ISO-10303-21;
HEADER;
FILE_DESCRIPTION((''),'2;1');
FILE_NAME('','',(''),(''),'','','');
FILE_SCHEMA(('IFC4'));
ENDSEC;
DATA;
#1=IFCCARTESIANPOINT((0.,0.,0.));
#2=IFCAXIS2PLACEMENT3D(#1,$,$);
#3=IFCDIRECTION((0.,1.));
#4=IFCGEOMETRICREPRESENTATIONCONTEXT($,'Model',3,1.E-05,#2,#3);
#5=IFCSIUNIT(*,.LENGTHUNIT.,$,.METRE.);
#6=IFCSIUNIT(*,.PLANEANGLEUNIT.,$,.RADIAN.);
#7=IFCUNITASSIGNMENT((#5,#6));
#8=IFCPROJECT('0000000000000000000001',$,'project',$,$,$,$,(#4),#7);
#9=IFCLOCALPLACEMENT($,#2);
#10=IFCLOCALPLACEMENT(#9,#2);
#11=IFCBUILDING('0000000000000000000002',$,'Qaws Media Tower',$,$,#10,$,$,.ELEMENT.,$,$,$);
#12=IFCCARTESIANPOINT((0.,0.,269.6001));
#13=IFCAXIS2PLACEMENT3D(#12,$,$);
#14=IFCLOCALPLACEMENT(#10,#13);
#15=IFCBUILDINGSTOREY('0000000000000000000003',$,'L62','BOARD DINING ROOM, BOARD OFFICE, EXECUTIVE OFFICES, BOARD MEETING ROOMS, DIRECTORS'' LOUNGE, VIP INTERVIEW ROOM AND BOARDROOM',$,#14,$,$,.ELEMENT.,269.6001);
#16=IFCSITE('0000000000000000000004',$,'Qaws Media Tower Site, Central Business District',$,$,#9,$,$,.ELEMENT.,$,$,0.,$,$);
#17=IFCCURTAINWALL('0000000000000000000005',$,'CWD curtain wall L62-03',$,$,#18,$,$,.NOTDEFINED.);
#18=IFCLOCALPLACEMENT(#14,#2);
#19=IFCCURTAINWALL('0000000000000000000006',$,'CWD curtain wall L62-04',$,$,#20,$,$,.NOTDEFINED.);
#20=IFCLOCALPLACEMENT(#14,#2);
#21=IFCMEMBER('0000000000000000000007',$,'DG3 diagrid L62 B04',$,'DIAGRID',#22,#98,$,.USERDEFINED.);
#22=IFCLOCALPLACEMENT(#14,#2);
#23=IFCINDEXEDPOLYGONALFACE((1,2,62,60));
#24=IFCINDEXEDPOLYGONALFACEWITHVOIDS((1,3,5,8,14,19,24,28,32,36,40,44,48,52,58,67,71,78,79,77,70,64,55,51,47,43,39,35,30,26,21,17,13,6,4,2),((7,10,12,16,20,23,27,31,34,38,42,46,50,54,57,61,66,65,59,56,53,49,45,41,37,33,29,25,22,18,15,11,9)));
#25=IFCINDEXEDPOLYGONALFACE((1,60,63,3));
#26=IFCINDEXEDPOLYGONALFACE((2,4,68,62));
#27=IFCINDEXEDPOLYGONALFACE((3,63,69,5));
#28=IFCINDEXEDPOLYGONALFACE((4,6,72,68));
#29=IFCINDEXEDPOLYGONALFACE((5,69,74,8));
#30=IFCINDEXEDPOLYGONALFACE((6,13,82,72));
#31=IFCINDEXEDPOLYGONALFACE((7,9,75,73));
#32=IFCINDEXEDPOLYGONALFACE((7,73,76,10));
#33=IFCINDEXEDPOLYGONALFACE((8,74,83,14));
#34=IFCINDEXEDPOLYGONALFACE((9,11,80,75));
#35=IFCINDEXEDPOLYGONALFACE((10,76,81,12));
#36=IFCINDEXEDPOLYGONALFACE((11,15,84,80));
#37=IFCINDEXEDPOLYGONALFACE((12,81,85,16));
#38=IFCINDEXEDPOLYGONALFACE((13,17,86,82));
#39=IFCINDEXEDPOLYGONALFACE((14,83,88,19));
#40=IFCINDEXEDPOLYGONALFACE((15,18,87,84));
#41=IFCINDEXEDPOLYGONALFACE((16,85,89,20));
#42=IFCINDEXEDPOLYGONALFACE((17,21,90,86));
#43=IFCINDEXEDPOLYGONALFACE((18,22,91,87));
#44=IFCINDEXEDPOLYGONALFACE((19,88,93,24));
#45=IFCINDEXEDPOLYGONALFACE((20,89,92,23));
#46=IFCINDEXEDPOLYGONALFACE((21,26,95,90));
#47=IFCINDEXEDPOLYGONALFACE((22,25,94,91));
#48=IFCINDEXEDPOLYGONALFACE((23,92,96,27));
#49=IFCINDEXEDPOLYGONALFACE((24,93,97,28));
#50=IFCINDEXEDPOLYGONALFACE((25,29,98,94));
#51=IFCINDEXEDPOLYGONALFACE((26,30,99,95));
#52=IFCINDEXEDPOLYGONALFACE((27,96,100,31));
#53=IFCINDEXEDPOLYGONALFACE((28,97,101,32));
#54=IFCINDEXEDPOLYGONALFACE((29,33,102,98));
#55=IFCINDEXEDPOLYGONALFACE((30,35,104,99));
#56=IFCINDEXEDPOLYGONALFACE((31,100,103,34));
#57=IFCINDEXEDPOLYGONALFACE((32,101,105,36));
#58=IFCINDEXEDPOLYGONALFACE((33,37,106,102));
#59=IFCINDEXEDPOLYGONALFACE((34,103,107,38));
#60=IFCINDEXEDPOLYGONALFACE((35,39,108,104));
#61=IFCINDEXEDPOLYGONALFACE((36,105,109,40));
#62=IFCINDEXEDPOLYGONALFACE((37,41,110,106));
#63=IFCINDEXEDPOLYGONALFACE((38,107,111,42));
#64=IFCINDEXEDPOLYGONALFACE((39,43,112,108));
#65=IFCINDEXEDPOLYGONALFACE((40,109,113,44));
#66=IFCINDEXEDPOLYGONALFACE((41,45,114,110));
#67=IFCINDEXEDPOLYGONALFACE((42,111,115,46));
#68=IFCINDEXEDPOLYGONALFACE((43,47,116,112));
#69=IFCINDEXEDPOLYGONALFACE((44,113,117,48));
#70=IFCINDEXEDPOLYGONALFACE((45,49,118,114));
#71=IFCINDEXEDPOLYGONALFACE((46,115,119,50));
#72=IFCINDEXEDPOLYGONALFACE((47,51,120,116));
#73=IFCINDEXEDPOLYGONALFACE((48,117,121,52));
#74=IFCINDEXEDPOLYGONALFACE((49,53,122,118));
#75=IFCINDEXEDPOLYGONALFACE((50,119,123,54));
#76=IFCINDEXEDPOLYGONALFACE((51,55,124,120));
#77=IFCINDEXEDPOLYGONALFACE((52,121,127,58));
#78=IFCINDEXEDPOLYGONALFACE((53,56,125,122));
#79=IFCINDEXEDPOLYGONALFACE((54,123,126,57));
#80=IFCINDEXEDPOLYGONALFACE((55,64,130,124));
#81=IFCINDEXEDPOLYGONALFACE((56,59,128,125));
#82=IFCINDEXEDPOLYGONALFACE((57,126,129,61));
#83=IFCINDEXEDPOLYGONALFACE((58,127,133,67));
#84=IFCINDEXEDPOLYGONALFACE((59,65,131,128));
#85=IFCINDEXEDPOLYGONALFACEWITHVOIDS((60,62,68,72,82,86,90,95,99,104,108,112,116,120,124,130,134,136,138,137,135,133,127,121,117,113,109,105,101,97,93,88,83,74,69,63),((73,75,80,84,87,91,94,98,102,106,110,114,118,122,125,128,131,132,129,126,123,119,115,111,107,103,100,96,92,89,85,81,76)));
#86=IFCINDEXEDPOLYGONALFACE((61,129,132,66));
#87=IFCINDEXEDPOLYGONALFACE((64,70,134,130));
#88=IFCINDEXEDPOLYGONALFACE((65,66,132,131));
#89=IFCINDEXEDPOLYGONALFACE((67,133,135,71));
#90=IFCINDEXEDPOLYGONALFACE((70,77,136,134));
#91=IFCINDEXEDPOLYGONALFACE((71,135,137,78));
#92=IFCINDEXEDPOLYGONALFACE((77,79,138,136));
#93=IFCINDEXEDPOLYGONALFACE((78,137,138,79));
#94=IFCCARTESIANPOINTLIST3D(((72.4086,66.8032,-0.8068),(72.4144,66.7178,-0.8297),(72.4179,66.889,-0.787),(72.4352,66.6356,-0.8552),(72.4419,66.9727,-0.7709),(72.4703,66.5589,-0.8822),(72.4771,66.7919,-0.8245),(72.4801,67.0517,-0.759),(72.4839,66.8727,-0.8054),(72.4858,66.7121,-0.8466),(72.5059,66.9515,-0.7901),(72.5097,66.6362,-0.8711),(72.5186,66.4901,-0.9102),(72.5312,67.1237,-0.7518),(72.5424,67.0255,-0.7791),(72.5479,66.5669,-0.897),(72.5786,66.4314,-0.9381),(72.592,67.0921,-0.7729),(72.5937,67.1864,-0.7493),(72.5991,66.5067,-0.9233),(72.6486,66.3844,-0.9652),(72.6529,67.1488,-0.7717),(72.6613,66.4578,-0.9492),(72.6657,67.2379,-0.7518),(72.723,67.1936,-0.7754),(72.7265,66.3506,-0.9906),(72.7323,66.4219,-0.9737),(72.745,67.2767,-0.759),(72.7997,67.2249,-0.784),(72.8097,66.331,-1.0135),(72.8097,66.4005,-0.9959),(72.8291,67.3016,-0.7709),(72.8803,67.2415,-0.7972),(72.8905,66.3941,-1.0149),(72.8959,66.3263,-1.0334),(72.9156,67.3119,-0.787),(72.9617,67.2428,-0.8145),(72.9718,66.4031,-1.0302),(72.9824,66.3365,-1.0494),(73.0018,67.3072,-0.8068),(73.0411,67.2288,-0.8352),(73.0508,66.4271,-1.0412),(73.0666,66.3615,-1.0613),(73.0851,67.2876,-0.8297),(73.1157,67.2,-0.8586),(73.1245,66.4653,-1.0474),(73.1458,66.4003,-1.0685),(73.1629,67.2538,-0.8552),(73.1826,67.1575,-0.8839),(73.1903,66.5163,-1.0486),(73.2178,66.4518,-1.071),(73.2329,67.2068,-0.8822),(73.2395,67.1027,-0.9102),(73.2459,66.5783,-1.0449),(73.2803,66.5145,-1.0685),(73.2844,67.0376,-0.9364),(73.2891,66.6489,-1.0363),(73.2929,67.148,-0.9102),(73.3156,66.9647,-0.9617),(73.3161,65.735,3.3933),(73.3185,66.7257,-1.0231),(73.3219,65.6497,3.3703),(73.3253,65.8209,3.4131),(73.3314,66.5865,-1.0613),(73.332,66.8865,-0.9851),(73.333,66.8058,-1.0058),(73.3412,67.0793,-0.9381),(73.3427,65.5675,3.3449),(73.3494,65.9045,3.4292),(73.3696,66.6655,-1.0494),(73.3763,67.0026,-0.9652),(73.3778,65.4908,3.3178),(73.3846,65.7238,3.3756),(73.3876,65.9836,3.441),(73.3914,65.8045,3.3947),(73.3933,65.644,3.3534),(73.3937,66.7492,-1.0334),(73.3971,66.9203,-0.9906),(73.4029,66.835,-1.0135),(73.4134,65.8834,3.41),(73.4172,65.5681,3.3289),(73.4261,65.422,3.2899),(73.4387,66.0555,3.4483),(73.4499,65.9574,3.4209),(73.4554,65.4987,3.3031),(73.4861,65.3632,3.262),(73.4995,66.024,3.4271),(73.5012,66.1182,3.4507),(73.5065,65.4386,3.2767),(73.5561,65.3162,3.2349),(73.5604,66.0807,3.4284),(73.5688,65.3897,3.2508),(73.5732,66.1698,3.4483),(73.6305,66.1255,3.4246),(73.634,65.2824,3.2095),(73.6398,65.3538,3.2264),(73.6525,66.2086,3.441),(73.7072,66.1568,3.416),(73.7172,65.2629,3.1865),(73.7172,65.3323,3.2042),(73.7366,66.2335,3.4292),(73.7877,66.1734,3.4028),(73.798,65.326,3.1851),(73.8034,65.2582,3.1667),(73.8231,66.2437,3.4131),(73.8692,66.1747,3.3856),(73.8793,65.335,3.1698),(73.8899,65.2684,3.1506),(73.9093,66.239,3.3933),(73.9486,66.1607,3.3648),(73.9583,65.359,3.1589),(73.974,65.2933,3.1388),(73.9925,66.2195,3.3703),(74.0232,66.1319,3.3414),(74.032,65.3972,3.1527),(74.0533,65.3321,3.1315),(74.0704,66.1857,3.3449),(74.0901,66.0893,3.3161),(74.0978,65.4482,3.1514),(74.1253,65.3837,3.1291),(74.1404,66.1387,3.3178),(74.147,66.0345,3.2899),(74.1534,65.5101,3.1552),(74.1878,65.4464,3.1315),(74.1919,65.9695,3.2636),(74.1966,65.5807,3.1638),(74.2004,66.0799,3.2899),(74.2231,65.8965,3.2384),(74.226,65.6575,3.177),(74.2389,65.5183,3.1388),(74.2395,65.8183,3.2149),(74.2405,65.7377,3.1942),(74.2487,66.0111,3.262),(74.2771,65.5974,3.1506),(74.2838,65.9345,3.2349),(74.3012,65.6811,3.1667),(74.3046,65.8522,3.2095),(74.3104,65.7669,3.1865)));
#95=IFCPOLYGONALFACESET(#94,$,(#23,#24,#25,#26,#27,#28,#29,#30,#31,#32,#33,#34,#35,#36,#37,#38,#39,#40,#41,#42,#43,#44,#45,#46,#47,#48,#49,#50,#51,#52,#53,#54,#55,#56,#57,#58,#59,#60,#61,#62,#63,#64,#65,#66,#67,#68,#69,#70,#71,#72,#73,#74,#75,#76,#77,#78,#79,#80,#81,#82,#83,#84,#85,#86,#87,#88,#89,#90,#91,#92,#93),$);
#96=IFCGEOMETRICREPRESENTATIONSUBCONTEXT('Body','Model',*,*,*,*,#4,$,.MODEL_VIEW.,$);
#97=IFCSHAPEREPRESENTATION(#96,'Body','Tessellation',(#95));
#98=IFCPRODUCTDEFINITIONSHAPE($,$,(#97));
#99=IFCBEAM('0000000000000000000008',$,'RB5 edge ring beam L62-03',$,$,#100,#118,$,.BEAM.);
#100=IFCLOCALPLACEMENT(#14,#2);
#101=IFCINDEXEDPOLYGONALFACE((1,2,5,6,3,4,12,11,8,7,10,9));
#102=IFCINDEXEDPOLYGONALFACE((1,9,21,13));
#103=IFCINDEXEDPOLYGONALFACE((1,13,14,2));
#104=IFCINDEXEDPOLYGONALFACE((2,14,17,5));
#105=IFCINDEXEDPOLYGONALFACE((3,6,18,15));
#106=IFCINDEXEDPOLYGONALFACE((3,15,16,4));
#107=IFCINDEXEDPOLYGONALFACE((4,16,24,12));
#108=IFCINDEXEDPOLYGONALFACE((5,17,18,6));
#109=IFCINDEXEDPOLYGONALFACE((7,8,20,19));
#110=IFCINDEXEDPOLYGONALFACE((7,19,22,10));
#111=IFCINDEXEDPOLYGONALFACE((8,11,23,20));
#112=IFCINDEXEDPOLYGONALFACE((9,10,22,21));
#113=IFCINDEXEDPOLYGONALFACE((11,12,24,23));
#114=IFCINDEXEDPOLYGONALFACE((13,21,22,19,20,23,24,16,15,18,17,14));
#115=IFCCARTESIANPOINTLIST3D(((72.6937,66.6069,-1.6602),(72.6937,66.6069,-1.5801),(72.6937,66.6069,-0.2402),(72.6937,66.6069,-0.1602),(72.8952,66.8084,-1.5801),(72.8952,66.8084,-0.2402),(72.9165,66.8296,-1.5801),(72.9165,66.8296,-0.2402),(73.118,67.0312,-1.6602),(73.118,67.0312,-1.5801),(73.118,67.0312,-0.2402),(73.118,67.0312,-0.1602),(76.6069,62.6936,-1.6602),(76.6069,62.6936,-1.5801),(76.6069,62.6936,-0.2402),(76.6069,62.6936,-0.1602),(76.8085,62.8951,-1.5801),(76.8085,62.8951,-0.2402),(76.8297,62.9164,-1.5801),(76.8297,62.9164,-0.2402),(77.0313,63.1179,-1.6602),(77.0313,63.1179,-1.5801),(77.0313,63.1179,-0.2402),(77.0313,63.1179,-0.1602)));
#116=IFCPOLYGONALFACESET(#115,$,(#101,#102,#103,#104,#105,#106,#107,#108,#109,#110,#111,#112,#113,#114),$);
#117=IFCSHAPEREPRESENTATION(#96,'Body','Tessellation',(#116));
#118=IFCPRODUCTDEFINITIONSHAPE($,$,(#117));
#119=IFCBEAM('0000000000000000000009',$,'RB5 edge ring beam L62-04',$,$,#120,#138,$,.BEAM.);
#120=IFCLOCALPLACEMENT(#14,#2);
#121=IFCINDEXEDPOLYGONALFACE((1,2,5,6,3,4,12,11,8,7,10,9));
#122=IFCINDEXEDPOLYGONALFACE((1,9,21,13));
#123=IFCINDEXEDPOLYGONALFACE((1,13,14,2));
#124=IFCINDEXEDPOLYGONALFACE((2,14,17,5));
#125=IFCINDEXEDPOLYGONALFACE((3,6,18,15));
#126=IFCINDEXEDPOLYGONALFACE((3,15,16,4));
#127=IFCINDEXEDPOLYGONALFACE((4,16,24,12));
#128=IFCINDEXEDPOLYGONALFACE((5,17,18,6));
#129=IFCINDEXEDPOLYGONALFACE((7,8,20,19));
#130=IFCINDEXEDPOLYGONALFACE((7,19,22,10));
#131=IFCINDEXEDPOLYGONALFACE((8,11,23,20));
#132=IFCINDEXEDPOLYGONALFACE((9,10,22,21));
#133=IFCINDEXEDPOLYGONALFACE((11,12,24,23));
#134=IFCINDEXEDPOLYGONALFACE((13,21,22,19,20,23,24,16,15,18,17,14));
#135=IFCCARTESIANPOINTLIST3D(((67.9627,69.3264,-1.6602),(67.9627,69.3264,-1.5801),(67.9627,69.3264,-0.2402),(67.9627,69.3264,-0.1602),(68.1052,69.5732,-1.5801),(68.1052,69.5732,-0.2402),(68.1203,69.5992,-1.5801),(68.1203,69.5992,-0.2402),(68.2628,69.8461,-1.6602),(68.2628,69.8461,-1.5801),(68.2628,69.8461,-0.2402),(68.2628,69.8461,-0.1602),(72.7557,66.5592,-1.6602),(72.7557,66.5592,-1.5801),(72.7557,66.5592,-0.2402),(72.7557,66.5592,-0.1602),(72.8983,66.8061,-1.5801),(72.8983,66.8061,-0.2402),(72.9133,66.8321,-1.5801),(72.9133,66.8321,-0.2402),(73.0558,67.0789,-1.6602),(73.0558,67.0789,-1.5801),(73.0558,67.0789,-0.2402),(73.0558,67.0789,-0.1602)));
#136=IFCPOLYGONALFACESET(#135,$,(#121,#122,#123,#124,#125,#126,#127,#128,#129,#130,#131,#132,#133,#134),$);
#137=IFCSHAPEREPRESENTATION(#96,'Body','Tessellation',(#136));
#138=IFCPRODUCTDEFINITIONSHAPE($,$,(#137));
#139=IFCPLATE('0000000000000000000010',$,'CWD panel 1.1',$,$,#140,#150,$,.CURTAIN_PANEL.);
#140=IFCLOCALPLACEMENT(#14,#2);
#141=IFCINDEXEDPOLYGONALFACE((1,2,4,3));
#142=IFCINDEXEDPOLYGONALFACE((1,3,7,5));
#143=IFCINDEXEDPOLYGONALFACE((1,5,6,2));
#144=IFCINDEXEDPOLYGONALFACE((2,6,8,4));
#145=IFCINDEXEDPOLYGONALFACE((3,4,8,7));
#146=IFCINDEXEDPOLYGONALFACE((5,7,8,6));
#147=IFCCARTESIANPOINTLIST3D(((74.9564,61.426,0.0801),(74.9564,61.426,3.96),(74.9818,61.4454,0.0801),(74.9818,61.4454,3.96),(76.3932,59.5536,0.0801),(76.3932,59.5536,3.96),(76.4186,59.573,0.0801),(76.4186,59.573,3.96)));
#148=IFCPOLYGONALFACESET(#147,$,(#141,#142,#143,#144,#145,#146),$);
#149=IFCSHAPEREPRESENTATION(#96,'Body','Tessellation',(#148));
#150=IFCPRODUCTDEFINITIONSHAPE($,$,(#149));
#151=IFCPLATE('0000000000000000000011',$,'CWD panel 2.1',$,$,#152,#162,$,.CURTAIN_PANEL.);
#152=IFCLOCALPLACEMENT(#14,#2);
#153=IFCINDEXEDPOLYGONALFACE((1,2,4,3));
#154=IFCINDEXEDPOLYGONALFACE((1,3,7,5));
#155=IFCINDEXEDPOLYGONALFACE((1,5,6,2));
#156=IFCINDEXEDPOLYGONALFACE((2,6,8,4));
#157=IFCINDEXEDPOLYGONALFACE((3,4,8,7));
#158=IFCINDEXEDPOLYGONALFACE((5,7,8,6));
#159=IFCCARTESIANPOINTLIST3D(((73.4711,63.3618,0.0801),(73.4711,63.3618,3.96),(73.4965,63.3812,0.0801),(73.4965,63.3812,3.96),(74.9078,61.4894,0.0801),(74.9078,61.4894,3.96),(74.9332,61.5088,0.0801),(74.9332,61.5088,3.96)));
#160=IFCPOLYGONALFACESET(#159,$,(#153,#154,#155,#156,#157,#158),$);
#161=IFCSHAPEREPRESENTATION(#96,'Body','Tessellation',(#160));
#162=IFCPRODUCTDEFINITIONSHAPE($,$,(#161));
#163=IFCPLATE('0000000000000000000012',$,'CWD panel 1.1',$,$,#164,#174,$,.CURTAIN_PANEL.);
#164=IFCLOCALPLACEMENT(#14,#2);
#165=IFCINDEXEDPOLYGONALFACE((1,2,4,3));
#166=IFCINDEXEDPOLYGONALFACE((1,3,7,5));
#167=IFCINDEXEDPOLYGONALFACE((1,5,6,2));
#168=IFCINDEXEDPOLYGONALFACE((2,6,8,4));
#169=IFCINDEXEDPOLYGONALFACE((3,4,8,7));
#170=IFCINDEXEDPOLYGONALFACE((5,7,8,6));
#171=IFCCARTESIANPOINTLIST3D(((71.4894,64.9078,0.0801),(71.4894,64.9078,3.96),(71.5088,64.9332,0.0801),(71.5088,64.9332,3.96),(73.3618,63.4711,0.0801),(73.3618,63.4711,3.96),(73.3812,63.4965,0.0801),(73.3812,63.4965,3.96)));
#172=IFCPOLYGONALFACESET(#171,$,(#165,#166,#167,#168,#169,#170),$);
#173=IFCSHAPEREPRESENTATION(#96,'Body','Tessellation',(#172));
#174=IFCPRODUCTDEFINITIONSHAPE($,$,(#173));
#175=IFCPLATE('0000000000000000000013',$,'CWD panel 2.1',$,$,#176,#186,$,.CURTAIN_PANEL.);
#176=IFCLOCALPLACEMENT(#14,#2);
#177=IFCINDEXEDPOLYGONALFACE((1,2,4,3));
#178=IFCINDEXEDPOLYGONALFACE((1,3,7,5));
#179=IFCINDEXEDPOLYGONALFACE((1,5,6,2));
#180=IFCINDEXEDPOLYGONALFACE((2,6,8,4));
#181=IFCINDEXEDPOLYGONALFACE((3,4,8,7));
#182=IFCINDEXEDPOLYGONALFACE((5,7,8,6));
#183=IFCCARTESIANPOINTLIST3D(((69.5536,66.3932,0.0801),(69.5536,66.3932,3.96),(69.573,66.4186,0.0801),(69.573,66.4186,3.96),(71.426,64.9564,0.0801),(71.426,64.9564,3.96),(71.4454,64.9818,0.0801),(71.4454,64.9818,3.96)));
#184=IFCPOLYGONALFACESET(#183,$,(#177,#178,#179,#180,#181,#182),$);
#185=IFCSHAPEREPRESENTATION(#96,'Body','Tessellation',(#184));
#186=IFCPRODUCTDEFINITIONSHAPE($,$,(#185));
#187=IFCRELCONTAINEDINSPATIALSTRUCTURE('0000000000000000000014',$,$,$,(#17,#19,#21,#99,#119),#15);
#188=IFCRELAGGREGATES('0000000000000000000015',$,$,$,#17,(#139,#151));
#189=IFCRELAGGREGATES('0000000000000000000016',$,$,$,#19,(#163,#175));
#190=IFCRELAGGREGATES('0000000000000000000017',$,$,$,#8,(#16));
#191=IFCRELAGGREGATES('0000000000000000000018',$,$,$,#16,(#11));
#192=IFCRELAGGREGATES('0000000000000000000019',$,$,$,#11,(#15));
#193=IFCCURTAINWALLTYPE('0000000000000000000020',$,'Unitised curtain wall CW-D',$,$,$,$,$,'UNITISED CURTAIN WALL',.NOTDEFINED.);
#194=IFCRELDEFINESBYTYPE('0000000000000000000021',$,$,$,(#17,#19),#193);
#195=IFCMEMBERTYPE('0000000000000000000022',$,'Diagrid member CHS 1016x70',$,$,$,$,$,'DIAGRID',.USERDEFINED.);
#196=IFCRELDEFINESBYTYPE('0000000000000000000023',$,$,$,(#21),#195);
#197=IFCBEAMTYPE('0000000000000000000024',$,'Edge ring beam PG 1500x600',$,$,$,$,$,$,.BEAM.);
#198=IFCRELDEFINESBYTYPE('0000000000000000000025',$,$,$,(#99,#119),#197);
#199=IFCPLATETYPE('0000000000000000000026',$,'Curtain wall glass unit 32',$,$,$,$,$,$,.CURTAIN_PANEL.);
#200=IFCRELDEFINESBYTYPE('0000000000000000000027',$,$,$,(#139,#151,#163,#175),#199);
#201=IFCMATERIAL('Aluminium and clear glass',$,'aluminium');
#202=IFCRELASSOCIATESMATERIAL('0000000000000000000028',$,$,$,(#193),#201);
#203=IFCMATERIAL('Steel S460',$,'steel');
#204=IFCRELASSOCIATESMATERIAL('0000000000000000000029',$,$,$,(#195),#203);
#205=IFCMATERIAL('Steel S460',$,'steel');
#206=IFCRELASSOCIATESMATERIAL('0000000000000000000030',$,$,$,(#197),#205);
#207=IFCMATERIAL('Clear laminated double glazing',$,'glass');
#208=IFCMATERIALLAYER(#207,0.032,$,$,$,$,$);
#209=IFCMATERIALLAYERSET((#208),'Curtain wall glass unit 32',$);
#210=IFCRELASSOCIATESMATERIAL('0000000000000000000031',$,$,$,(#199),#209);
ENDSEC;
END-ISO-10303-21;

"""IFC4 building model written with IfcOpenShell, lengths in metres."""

from ifc_helpers import new_model, si_unit, direction, frame, origin, origin_2d, place, context, subcontext, project, spatial, rectangle, hollow_circle, i_section, extrude, material, layer, layer_set, material_profile, profile_set, type_object, element, aggregate, save


model = new_model("IFC4")

# Units and contexts
model_context = context("Model", 3, precision=1e-05, world=origin(), true_north=direction((0.0, 1.0)))
body_context = subcontext(model_context, "Body", "Model", "MODEL_VIEW")
ifc_project = project(units=[si_unit("LENGTHUNIT", "METRE"), si_unit("PLANEANGLEUNIT", "RADIAN")], contexts=[model_context])

# Site, building, storey
site_placement = place(None, origin())
site = spatial("IfcSite", under=ifc_project, at=site_placement, Name="Qaws Media Tower Site, Central Business District", CompositionType="ELEMENT", RefElevation=0.0)
building_placement = place(site_placement, origin())
building = spatial("IfcBuilding", under=site, at=building_placement, Name="Qaws Media Tower", CompositionType="ELEMENT")
storey_placement = place(building_placement, frame((0.0, 0.0, 269.6001)))
storey = spatial("IfcBuildingStorey", under=building, at=storey_placement, Name="L62", Description="BOARD DINING ROOM, BOARD OFFICE, EXECUTIVE OFFICES, BOARD MEETING ROOMS, DIRECTORS' LOUNGE, VIP INTERVIEW ROOM AND BOARDROOM", CompositionType="ELEMENT", Elevation=269.6001)

# Shared definitions
ifc_material_1 = material(Name="Aluminium and clear glass", Category="aluminium")
curtain_wall_type = type_object("IfcCurtainWallType", Name="Unitised curtain wall CW-D", ElementType="UNITISED CURTAIN WALL", PredefinedType="NOTDEFINED", material=ifc_material_1)

# Curtain walls
curtain_wall_1_placement = place(storey_placement, origin())
curtain_wall_1 = element("IfcCurtainWall", 1, at=curtain_wall_1_placement, inside=storey, type_object=curtain_wall_type, Name="CWD curtain wall L62-03", PredefinedType="NOTDEFINED")
curtain_wall_2_placement = place(storey_placement, origin())
curtain_wall_2 = element("IfcCurtainWall", 2, at=curtain_wall_2_placement, inside=storey, type_object=curtain_wall_type, Name="CWD curtain wall L62-04", PredefinedType="NOTDEFINED")

# Member
ifc_material_2 = material(Name="Steel S460", Category="steel")
ifc_material_profile_1 = material_profile(ifc_material_2, hollow_circle(Radius=0.5081, WallThickness=0.0701, at=origin_2d()), Name="CHS 1016x70")
ifc_profile_set_1 = profile_set([ifc_material_profile_1], Name="Steel S460")
member_type_1 = type_object("IfcMemberType", Name="Diagrid member CHS 1016x70", ElementType="DIAGRID", PredefinedType="USERDEFINED", material=ifc_profile_set_1)
for number, where, z_axis, x_axis, name in (
    (3, (72.9058, 66.8191, -0.9102), (0.204956, -0.241238, 0.948576), (0.76209, 0.647471, 0.0), "DG3 diagrid L62 B04"),
):
    element("IfcMember", number, at=place(storey_placement, frame(where, z_axis=z_axis, x_axis=x_axis)), inside=storey, type_object=member_type_1, Name=name, ObjectType="DIAGRID", PredefinedType="USERDEFINED", context=body_context, shape_type="SweptSolid", body=[
        extrude(hollow_circle(Radius=0.5081, WallThickness=0.0701, at=origin_2d()), origin(), (0.0, 0.0, 1.0), 4.4277),
    ])

# Beams
ifc_material_3 = material(Name="Steel S460", Category="steel")
ifc_material_profile_2 = material_profile(ifc_material_3, i_section(OverallWidth=0.6001, OverallDepth=1.5, WebThickness=0.03, FlangeThickness=0.0801, at=origin_2d()), Name="PG 1500x600")
ifc_profile_set_2 = profile_set([ifc_material_profile_2], Name="Steel S460")
beam_type = type_object("IfcBeamType", Name="Edge ring beam PG 1500x600", PredefinedType="BEAM", material=ifc_profile_set_2)
beam_1_placement = place(storey_placement, frame((76.8191, 62.9058, -0.9102), z_axis=(-0.707107, 0.707107, 0.0), x_axis=(-0.707107, -0.707107, 0.0)))
element("IfcBeam", 4, at=beam_1_placement, inside=storey, type_object=beam_type, Name="RB5 edge ring beam L62-03", PredefinedType="BEAM", context=body_context, shape_type="SweptSolid", body=[
    extrude(i_section(OverallWidth=0.6001, OverallDepth=1.5, WebThickness=0.03, FlangeThickness=0.0801, at=origin_2d()), origin(), (0.0, 0.0, 1.0), 5.5342),
])
beam_2_placement = place(storey_placement, frame((72.9058, 66.8191, -0.9102), z_axis=(-0.866036, 0.499982, 0.0), x_axis=(-0.499982, -0.866036, 0.0)))
element("IfcBeam", 5, at=beam_2_placement, inside=storey, type_object=beam_type, Name="RB5 edge ring beam L62-04", PredefinedType="BEAM", context=body_context, shape_type="SweptSolid", body=[
    extrude(i_section(OverallWidth=0.6001, OverallDepth=1.5, WebThickness=0.03, FlangeThickness=0.0801, at=origin_2d()), origin(), (0.0, 0.0, 1.0), 5.5344),
])

# Plates
ifc_material_4 = material(Name="Clear laminated double glazing", Category="glass")
ifc_layer_1 = layer(ifc_material_4, 0.032)
ifc_layer_set_1 = layer_set([ifc_layer_1], Name="Curtain wall glass unit 32")
plate_type_1 = type_object("IfcPlateType", Name="Curtain wall glass unit 32", PredefinedType="CURTAIN_PANEL", material=ifc_layer_set_1)
plate_1_placement = place(storey_placement, frame((75.6875, 60.4995, 0.0801), z_axis=(0.0, 0.0, 1.0), x_axis=(-0.608761, 0.793353, 0.0)))
plate_1 = element("IfcPlate", 6, at=plate_1_placement, type_object=plate_type_1, Name="CWD panel 1.1", PredefinedType="CURTAIN_PANEL", context=body_context, shape_type="SweptSolid", body=[
    extrude(rectangle(XDim=2.3601, YDim=0.032, at=origin_2d()), origin(), (0.0, 0.0, 1.0), 3.8799),
])
plate_2_placement = place(storey_placement, frame((74.2021, 62.4353, 0.0801), z_axis=(0.0, 0.0, 1.0), x_axis=(-0.608761, 0.793353, 0.0)))
plate_2 = element("IfcPlate", 7, at=plate_2_placement, type_object=plate_type_1, Name="CWD panel 2.1", PredefinedType="CURTAIN_PANEL", context=body_context, shape_type="SweptSolid", body=[
    extrude(rectangle(XDim=2.3601, YDim=0.032, at=origin_2d()), origin(), (0.0, 0.0, 1.0), 3.8799),
])
aggregate(curtain_wall_1, [plate_1, plate_2])
plate_3_placement = place(storey_placement, frame((72.4353, 64.2021, 0.0801), z_axis=(0.0, 0.0, 1.0), x_axis=(-0.793353, 0.608761, 0.0)))
plate_3 = element("IfcPlate", 8, at=plate_3_placement, type_object=plate_type_1, Name="CWD panel 1.1", PredefinedType="CURTAIN_PANEL", context=body_context, shape_type="SweptSolid", body=[
    extrude(rectangle(XDim=2.3601, YDim=0.032, at=origin_2d()), origin(), (0.0, 0.0, 1.0), 3.8799),
])
plate_4_placement = place(storey_placement, frame((70.4995, 65.6875, 0.0801), z_axis=(0.0, 0.0, 1.0), x_axis=(-0.793353, 0.608761, 0.0)))
plate_4 = element("IfcPlate", 9, at=plate_4_placement, type_object=plate_type_1, Name="CWD panel 2.1", PredefinedType="CURTAIN_PANEL", context=body_context, shape_type="SweptSolid", body=[
    extrude(rectangle(XDim=2.3601, YDim=0.032, at=origin_2d()), origin(), (0.0, 0.0, 1.0), 3.8799),
])
aggregate(curtain_wall_2, [plate_3, plate_4])

save(model, "model.ifc")
